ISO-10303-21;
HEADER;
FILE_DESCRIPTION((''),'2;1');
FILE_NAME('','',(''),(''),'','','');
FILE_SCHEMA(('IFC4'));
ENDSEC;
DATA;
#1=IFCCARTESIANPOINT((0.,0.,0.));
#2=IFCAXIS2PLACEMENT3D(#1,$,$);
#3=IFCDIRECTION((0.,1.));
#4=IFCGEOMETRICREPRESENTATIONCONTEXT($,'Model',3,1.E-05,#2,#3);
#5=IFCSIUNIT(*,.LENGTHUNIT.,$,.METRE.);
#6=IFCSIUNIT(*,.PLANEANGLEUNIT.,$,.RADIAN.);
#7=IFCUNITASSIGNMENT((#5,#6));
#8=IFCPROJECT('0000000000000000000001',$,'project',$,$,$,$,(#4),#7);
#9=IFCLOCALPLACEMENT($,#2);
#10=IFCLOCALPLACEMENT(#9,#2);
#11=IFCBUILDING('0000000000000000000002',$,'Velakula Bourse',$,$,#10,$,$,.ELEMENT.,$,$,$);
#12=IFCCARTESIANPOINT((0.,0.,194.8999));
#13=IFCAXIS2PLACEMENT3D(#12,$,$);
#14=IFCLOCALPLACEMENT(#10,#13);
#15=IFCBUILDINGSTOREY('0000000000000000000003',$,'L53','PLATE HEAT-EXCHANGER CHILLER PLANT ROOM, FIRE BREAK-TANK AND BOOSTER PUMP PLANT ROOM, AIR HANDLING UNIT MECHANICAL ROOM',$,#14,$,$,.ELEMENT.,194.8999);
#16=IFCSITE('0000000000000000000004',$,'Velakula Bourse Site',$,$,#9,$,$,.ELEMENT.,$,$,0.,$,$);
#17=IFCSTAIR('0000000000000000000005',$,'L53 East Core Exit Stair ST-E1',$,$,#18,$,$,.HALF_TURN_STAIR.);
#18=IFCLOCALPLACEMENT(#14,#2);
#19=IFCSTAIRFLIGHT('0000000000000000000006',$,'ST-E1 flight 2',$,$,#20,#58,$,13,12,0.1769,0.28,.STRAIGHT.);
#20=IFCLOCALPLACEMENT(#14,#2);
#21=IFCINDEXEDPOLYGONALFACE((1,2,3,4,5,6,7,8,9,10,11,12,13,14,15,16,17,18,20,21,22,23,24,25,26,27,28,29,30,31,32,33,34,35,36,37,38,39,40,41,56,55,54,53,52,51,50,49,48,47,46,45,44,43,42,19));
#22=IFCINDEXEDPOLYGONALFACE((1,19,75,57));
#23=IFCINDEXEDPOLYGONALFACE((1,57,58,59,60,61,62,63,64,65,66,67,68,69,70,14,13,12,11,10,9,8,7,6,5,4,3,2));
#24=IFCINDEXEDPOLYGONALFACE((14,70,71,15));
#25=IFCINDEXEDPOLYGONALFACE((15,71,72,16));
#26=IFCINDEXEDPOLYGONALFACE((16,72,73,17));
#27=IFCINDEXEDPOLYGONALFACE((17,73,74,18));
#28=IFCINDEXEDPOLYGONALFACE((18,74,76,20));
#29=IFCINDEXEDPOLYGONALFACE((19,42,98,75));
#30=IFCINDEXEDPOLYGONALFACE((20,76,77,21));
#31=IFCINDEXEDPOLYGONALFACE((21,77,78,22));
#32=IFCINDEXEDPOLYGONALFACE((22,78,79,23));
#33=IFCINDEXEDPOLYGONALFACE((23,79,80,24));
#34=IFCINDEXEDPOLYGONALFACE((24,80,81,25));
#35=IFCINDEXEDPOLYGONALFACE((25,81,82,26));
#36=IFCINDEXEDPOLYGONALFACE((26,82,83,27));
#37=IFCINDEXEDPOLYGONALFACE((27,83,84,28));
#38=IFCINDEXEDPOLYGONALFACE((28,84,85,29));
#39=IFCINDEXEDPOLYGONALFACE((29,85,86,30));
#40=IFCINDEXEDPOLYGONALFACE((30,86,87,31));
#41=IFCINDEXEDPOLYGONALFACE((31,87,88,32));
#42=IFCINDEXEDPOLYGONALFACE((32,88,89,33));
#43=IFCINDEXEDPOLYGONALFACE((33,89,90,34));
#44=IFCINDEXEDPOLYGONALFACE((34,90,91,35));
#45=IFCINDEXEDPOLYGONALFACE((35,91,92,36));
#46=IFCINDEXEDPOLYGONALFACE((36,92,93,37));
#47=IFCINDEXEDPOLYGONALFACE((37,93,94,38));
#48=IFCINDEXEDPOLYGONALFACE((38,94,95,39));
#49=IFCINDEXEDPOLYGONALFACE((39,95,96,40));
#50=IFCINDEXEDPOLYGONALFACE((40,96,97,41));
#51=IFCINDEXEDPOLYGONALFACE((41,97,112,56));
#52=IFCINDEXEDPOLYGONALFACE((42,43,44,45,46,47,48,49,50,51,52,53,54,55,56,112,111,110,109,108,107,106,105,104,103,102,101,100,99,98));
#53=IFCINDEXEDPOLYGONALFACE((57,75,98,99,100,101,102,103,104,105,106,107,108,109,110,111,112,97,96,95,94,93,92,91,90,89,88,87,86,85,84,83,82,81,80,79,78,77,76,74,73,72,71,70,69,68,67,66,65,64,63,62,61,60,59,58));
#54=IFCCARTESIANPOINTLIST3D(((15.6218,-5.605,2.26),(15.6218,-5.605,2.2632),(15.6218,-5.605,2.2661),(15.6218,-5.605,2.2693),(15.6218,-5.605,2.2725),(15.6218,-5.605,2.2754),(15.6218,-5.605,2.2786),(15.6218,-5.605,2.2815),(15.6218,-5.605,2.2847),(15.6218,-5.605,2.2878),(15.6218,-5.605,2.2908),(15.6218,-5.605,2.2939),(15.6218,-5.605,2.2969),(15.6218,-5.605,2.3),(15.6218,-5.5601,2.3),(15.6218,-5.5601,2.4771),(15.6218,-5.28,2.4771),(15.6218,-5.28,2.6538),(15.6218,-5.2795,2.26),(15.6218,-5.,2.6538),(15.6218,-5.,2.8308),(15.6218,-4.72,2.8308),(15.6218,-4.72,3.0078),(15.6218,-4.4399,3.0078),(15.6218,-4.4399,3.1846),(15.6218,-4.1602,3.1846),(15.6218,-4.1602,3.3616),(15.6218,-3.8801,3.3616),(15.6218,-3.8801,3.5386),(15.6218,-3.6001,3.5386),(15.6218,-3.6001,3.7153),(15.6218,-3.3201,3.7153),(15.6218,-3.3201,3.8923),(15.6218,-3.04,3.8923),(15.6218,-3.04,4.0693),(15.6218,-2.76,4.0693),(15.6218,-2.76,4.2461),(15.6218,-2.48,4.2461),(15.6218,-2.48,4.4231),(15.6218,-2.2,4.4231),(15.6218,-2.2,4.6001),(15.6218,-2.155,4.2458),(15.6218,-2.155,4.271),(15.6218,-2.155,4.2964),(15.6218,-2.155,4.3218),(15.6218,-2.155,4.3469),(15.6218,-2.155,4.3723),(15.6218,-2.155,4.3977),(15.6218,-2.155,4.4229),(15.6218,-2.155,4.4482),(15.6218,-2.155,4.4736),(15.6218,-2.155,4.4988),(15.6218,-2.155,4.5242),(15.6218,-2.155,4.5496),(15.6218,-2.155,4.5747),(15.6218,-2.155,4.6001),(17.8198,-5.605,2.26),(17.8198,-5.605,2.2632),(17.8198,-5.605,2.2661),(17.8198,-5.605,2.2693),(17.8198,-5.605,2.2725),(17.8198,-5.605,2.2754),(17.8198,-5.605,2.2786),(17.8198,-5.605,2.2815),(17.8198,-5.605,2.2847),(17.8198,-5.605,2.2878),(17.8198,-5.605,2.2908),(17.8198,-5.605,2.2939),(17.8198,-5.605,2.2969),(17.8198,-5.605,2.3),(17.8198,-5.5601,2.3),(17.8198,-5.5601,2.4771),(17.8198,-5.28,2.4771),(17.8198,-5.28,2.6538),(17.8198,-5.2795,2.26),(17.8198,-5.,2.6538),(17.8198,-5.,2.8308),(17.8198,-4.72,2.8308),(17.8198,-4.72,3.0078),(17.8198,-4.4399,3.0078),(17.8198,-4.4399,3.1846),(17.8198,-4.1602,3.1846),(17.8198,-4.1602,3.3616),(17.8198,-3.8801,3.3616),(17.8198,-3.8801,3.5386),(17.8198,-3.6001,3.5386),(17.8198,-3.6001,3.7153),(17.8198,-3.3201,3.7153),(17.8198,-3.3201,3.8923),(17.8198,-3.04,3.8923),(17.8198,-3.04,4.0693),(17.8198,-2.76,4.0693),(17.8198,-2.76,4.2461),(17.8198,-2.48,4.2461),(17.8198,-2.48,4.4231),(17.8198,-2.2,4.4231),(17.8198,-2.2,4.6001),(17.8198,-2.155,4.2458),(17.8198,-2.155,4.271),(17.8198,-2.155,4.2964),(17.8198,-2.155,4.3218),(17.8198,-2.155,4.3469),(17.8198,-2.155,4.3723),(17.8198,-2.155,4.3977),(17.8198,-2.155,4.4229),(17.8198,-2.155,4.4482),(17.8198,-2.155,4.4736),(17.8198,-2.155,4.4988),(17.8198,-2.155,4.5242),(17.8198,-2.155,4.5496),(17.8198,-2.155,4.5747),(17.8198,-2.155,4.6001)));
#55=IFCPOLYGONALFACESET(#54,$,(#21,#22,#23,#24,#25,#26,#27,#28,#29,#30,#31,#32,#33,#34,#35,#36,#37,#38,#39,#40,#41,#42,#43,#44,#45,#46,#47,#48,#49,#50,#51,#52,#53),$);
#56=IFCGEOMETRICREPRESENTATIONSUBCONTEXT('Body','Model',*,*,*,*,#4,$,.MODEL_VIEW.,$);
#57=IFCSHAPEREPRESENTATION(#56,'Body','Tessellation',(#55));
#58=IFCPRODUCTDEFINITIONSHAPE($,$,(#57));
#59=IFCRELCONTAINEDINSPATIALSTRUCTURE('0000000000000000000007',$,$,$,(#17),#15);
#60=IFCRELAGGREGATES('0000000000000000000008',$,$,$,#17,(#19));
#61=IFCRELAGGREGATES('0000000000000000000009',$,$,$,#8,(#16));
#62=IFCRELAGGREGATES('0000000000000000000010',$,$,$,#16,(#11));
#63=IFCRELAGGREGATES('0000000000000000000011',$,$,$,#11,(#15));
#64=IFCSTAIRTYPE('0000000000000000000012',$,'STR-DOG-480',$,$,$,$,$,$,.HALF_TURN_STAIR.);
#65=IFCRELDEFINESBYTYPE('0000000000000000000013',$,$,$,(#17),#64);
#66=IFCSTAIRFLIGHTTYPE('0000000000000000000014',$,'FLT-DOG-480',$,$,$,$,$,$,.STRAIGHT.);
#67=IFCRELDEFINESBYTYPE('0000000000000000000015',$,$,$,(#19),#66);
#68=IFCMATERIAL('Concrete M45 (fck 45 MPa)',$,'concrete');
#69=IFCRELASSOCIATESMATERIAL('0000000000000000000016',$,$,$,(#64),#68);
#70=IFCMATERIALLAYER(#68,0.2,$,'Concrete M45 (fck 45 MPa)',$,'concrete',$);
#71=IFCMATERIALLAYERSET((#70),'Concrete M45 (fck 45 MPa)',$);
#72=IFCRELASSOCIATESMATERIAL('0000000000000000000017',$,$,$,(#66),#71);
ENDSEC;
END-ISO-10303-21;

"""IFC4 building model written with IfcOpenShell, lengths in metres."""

from ifc_helpers import new_model, si_unit, direction, frame, origin, place, context, subcontext, project, spatial, polyline, outline, extrude, material, layer, layer_set, type_object, element, aggregate, save


model = new_model("IFC4")

# Units and contexts
model_context = context("Model", 3, precision=1e-05, world=origin(), true_north=direction((0.0, 1.0)))
body_context = subcontext(model_context, "Body", "Model", "MODEL_VIEW")
ifc_project = project(units=[si_unit("LENGTHUNIT", "METRE"), si_unit("PLANEANGLEUNIT", "RADIAN")], contexts=[model_context])

# Site, building, storey
site_placement = place(None, origin())
site = spatial("IfcSite", under=ifc_project, at=site_placement, Name="Velakula Bourse Site", CompositionType="ELEMENT", RefElevation=0.0)
building_placement = place(site_placement, origin())
building = spatial("IfcBuilding", under=site, at=building_placement, Name="Velakula Bourse", CompositionType="ELEMENT")
storey_placement = place(building_placement, frame((0.0, 0.0, 194.8999)))
storey = spatial("IfcBuildingStorey", under=building, at=storey_placement, Name="L53", Description="PLATE HEAT-EXCHANGER CHILLER PLANT ROOM, FIRE BREAK-TANK AND BOOSTER PUMP PLANT ROOM, AIR HANDLING UNIT MECHANICAL ROOM", CompositionType="ELEMENT", Elevation=194.8999)

# Stair, stair flight
ifc_material_1 = material(Name="Concrete M45 (fck 45 MPa)", Category="concrete")
stair_type = type_object("IfcStairType", Name="STR-DOG-480", PredefinedType="HALF_TURN_STAIR", material=ifc_material_1)
stair_placement = place(storey_placement, origin())
stair = element("IfcStair", 1, at=stair_placement, inside=storey, type_object=stair_type, Name="L53 East Core Exit Stair ST-E1", PredefinedType="HALF_TURN_STAIR")
ifc_layer_1 = layer(ifc_material_1, 0.2, Name="Concrete M45 (fck 45 MPa)", Category="concrete")
ifc_layer_set_1 = layer_set([ifc_layer_1], Name="Concrete M45 (fck 45 MPa)")
stair_flight_type = type_object("IfcStairFlightType", Name="FLT-DOG-480", PredefinedType="STRAIGHT", material=ifc_layer_set_1)
stair_flight_1_placement = place(storey_placement, frame((16.7209, -5.5601, 2.3), z_axis=(0.0, 0.0, 1.0), x_axis=(0.0, 1.0, 0.0)))
stair_flight_1 = element("IfcStairFlight", 2, at=stair_flight_1_placement, type_object=stair_flight_type, Name="ST-E1 flight 2", NumberOfRisers=13, NumberOfTreads=12, PredefinedType="STRAIGHT", RiserHeight=0.1769, TreadLength=0.28, context=body_context, shape_type="SweptSolid", body=[
    extrude(outline(polyline([(-0.0449, -0.04), (-0.0449, -0.0369), (-0.0449, -0.0339), (-0.0449, -0.0308), (-0.0449, -0.0276), (-0.0449, -0.0247), (-0.0449, -0.0215), (-0.0449, -0.0186), (-0.0449, -0.0154), (-0.0449, -0.0122), (-0.0449, -0.0093), (-0.0449, -0.0061), (-0.0449, -0.0032), (-0.0449, 0.0), (0.0, 0.0), (0.0, 0.177), (0.28, 0.177), (0.28, 0.3538), (0.5601, 0.3538), (0.5601, 0.5308), (0.8401, 0.5308), (0.8401, 0.7078), (1.1201, 0.7078), (1.1201, 0.8845), (1.3999, 0.8845), (1.3999, 1.0615), (1.6799, 1.0615), (1.6799, 1.2385), (1.96, 1.2385), (1.96, 1.4153), (2.24, 1.4153), (2.24, 1.5923), (2.52, 1.5923), (2.52, 1.7693), (2.8, 1.7693), (2.8, 1.946), (3.0801, 1.946), (3.0801, 2.123), (3.3601, 2.123), (3.3601, 2.3), (3.405, 2.3), (3.405, 2.2747), (3.405, 2.2495), (3.405, 2.2241), (3.405, 2.1987), (3.405, 2.1736), (3.405, 2.1482), (3.405, 2.1228), (3.405, 2.0977), (3.405, 2.0723), (3.405, 2.0469), (3.405, 2.0217), (3.405, 1.9963), (3.405, 1.9709), (3.405, 1.9458), (0.2805, -0.04), (-0.0449, -0.04)])), frame((0.0, 1.0991, 0.0), z_axis=(0.0, -1.0, 0.0), x_axis=(1.0, 0.0, 0.0)), (0.0, 0.0, 1.0), 2.198),
])
aggregate(stair, [stair_flight_1])

save(model, "model.ifc")
